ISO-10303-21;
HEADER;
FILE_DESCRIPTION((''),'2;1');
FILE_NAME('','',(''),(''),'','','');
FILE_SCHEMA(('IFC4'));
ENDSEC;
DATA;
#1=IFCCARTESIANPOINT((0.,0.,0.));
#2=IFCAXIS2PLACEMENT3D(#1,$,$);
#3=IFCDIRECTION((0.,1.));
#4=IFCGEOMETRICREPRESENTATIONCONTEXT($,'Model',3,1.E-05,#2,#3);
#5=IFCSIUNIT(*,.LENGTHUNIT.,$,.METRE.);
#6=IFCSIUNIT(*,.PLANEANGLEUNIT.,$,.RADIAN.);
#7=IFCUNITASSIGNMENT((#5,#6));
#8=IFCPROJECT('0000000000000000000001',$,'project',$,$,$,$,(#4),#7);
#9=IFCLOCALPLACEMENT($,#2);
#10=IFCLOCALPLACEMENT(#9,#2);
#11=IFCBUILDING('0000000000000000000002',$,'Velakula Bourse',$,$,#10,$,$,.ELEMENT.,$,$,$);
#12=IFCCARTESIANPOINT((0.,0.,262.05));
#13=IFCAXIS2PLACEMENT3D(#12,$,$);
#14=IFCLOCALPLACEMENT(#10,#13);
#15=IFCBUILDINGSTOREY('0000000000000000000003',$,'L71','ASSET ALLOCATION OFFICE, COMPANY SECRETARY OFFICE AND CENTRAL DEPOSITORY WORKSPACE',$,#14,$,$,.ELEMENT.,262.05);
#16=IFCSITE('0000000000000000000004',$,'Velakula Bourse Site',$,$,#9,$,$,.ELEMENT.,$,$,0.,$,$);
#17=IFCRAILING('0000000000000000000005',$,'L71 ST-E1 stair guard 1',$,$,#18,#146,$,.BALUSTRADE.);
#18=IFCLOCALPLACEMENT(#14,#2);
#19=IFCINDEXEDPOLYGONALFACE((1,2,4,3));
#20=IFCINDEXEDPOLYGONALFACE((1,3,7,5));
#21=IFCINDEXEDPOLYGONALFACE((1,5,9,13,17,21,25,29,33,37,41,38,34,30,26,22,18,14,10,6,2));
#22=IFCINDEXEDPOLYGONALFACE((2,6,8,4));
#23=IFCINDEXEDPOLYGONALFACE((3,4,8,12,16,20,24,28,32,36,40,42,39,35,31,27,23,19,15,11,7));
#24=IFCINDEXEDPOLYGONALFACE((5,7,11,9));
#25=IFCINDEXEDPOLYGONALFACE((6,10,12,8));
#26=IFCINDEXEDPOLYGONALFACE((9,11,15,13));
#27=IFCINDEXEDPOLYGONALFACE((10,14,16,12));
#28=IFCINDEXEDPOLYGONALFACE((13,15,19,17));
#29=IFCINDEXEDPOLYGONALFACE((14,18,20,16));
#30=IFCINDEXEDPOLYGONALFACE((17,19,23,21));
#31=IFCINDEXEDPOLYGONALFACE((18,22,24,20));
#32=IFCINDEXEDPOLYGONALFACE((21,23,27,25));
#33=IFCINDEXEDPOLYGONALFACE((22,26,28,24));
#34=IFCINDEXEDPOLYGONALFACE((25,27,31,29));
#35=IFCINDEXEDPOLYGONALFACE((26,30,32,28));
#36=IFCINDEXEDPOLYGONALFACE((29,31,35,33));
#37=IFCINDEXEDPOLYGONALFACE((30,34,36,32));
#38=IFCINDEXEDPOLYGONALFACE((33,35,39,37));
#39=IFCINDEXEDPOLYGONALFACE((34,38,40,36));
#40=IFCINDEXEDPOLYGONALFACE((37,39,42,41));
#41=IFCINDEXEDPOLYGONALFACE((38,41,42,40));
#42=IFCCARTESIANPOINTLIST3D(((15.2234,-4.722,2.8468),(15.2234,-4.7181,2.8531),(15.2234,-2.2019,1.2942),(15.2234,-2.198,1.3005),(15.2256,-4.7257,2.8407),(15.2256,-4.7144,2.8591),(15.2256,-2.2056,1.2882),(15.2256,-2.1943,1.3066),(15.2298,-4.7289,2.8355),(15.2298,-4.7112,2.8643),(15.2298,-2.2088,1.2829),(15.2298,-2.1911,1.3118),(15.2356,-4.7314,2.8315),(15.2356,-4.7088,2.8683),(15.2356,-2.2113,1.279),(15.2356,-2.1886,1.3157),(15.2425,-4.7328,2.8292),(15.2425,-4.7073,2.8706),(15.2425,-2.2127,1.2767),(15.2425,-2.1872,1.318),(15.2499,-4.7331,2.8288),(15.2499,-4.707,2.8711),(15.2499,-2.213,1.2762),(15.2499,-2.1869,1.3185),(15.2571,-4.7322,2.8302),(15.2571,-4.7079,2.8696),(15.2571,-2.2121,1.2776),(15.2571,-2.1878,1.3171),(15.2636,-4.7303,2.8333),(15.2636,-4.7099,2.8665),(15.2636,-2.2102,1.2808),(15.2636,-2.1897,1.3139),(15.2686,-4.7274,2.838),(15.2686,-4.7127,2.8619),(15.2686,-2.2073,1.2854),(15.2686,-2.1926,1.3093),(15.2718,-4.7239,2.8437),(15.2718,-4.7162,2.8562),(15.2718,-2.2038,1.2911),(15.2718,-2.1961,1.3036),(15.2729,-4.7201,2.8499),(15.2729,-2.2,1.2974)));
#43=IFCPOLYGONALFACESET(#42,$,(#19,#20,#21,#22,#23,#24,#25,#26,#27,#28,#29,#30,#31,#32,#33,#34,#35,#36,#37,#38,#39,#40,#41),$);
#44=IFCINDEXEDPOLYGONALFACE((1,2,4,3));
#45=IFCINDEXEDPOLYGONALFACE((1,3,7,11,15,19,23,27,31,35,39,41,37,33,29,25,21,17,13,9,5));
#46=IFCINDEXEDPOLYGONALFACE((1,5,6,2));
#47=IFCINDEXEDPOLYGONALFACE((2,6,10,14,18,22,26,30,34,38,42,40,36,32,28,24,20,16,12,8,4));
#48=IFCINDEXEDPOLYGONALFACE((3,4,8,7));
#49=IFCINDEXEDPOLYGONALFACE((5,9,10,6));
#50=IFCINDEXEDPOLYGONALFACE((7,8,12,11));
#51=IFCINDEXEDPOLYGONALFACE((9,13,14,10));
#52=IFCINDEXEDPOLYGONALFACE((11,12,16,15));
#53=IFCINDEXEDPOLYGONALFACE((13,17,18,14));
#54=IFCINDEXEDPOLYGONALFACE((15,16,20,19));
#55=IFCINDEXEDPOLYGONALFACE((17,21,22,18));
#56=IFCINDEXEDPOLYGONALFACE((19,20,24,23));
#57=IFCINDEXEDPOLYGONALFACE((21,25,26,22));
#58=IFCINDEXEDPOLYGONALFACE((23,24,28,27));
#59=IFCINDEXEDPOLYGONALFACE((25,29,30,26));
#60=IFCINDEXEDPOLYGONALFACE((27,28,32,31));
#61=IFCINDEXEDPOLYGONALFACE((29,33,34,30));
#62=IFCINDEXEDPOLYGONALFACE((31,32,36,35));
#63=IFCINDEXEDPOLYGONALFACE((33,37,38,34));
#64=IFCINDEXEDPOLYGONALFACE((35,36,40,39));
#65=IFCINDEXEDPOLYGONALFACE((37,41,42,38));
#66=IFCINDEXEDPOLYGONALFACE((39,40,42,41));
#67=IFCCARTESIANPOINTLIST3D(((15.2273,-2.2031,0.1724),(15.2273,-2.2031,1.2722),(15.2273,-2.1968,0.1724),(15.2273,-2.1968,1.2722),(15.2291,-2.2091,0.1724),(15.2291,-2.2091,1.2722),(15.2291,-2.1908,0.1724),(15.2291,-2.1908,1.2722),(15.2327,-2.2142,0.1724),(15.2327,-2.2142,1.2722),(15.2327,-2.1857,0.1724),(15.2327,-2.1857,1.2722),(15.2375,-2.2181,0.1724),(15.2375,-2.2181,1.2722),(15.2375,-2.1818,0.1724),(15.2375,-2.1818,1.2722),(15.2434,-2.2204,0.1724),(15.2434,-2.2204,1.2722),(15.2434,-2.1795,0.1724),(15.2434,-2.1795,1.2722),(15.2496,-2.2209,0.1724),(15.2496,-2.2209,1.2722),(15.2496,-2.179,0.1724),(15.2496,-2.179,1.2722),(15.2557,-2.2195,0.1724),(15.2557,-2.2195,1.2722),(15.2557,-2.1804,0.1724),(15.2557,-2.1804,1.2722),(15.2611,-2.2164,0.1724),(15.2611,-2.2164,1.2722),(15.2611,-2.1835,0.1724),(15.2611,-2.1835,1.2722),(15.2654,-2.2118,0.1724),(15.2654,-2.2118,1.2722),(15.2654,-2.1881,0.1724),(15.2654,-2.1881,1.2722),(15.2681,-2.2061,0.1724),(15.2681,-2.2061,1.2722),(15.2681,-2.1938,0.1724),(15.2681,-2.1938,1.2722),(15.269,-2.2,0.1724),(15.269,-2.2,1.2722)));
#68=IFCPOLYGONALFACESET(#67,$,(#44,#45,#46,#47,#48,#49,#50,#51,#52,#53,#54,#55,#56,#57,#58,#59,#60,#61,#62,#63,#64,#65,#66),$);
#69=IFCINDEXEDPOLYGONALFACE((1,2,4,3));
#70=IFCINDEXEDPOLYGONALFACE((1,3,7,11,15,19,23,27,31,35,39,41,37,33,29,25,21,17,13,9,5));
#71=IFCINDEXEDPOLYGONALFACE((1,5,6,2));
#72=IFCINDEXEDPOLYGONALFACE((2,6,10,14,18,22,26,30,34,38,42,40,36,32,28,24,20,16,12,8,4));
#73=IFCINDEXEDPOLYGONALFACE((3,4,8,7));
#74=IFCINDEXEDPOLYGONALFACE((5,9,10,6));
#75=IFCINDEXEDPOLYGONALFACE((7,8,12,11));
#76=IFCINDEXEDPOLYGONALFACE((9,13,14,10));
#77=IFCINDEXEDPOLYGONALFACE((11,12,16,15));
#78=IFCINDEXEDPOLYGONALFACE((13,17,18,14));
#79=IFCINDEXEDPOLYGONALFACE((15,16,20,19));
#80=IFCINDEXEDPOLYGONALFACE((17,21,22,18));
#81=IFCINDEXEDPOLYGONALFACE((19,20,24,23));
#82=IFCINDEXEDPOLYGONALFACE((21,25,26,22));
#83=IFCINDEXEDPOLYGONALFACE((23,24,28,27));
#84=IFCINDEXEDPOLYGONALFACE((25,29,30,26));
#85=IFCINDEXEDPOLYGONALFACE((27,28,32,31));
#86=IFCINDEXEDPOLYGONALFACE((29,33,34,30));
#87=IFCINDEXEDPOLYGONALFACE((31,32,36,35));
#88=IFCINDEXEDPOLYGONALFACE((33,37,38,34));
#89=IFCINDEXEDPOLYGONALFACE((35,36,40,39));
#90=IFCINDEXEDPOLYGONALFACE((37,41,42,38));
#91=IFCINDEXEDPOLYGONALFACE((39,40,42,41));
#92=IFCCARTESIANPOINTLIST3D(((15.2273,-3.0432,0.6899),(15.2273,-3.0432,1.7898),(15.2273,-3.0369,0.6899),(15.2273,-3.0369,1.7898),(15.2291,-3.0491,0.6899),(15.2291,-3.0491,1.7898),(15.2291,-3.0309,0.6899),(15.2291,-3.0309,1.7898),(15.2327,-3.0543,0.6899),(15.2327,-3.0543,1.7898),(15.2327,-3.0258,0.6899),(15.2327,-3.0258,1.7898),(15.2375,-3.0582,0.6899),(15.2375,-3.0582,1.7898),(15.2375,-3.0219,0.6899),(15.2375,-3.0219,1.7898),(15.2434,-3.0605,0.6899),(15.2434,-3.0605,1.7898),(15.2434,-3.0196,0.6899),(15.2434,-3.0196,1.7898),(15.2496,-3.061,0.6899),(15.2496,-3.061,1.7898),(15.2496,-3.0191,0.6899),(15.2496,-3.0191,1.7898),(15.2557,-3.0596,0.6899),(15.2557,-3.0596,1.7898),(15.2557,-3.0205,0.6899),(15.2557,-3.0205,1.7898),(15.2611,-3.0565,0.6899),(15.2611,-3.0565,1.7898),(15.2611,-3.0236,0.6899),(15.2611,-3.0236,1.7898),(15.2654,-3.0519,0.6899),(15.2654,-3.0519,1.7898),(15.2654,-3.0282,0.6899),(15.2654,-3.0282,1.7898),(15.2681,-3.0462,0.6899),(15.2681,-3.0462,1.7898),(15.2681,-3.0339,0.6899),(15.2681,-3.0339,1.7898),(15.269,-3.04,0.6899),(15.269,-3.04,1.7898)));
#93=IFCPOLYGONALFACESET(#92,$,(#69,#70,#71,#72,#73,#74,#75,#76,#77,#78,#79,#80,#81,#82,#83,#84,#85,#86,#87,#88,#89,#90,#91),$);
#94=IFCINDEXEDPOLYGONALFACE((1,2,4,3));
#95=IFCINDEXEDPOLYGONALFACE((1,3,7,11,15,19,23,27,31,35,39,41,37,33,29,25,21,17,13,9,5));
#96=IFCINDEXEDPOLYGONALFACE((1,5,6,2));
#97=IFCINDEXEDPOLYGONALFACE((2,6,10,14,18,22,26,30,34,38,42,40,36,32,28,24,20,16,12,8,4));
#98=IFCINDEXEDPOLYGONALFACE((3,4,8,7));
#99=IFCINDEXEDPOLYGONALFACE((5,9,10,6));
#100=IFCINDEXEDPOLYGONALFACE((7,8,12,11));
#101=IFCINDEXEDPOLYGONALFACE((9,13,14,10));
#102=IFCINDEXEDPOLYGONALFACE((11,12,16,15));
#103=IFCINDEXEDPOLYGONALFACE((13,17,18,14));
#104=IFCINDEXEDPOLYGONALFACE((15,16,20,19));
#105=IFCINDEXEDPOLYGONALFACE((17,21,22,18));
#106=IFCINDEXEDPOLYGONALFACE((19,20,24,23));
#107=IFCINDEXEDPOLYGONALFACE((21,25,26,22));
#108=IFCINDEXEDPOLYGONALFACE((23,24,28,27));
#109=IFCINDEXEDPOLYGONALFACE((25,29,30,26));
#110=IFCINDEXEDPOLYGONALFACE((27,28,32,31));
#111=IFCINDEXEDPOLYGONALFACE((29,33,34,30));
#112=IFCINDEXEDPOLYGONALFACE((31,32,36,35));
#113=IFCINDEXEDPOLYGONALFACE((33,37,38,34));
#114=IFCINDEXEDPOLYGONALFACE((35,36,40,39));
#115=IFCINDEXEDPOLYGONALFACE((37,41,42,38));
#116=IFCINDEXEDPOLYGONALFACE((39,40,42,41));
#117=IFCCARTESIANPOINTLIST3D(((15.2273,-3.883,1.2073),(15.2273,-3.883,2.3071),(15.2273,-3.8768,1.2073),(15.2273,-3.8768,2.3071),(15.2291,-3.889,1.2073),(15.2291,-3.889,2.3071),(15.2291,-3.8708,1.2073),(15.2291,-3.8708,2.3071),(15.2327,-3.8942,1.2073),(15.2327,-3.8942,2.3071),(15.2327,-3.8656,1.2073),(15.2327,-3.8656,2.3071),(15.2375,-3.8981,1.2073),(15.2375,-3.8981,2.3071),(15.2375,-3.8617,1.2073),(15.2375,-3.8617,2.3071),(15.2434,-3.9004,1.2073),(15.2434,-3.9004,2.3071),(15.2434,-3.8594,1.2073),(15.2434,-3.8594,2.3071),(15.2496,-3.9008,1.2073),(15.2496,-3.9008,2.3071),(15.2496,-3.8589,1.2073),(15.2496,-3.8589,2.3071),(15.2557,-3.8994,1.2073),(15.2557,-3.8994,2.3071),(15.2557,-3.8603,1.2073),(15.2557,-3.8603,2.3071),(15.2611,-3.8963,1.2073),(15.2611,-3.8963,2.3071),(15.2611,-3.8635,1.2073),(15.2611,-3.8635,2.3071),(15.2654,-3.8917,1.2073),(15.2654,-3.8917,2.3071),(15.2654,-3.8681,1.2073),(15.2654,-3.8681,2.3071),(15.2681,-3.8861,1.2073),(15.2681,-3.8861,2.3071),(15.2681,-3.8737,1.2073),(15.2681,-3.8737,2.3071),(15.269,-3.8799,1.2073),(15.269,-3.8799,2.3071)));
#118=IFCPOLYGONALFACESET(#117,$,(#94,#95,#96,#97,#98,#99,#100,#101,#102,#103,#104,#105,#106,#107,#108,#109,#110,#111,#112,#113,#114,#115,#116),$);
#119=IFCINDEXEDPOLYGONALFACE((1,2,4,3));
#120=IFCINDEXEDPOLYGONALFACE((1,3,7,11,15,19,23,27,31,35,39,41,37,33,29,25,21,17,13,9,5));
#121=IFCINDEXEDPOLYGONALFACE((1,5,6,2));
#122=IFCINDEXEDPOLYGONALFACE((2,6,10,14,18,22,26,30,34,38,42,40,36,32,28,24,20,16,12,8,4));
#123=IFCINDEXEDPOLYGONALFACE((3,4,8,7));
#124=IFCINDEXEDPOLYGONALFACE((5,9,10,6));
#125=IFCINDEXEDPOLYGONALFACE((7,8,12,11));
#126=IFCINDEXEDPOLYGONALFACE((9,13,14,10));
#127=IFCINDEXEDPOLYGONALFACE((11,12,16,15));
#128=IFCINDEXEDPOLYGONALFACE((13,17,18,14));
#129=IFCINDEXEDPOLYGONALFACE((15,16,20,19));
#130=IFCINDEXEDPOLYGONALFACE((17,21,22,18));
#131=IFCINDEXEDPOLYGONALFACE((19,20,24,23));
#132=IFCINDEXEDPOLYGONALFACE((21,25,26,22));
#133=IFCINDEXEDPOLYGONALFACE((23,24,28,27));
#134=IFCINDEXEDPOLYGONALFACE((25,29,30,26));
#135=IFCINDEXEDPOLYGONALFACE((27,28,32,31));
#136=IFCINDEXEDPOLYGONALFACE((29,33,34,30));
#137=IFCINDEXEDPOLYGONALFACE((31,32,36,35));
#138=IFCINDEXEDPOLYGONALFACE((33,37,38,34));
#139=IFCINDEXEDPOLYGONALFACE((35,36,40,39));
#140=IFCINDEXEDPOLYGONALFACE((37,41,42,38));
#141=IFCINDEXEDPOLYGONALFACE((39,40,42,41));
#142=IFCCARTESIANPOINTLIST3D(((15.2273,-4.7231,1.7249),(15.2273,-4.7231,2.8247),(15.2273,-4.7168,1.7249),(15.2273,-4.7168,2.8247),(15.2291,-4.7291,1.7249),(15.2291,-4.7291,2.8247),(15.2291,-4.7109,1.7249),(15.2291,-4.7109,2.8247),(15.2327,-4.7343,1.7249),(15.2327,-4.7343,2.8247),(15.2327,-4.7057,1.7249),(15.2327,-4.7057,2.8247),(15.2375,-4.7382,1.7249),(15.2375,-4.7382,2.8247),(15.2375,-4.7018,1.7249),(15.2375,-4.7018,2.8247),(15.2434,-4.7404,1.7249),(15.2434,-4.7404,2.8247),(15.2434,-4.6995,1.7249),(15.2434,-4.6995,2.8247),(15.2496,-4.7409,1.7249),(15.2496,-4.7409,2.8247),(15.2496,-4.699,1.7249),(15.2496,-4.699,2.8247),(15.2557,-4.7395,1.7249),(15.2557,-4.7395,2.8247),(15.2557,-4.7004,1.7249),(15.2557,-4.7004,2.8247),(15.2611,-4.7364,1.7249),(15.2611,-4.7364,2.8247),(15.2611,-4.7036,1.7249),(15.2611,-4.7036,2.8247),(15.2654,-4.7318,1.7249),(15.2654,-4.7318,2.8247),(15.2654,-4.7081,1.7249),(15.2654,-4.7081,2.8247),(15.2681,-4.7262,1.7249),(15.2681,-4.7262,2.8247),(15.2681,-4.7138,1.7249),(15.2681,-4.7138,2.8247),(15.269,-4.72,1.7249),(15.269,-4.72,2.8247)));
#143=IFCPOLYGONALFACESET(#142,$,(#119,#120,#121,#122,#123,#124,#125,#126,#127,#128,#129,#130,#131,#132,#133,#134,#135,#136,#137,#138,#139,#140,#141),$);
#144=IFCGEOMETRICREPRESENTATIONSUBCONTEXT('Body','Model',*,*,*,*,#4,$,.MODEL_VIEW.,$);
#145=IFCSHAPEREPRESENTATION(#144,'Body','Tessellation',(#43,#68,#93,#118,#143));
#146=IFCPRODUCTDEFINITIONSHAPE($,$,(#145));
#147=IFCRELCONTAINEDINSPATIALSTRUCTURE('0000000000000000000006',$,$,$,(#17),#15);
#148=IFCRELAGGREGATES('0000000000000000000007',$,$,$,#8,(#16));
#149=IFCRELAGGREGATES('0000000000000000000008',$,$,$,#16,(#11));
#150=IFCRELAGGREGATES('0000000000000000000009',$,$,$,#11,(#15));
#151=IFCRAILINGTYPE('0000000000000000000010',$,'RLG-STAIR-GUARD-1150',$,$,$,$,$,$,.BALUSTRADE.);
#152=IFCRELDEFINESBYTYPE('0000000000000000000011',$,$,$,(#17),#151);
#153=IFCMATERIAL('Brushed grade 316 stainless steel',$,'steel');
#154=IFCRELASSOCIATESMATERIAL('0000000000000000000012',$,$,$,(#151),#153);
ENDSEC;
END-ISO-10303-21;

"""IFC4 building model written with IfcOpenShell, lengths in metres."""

from ifc_helpers import new_model, si_unit, direction, frame, origin, origin_2d, place, context, subcontext, project, spatial, circle, extrude, material, type_object, element, save


model = new_model("IFC4")

# Units and contexts
model_context = context("Model", 3, precision=1e-05, world=origin(), true_north=direction((0.0, 1.0)))
body_context = subcontext(model_context, "Body", "Model", "MODEL_VIEW")
ifc_project = project(units=[si_unit("LENGTHUNIT", "METRE"), si_unit("PLANEANGLEUNIT", "RADIAN")], contexts=[model_context])

# Site, building, storey
site_placement = place(None, origin())
site = spatial("IfcSite", under=ifc_project, at=site_placement, Name="Velakula Bourse Site", CompositionType="ELEMENT", RefElevation=0.0)
building_placement = place(site_placement, origin())
building = spatial("IfcBuilding", under=site, at=building_placement, Name="Velakula Bourse", CompositionType="ELEMENT")
storey_placement = place(building_placement, frame((0.0, 0.0, 262.05)))
storey = spatial("IfcBuildingStorey", under=building, at=storey_placement, Name="L71", Description="ASSET ALLOCATION OFFICE, COMPANY SECRETARY OFFICE AND CENTRAL DEPOSITORY WORKSPACE", CompositionType="ELEMENT", Elevation=262.05)

# Shared definitions
ifc_material_1 = material(Name="Brushed grade 316 stainless steel", Category="steel")

# Railing
railing_type_1 = type_object("IfcRailingType", Name="RLG-STAIR-GUARD-1150", PredefinedType="BALUSTRADE", material=ifc_material_1)
railing_1_placement = place(storey_placement, frame((15.248, -2.2, 0.1724)))
element("IfcRailing", 1, at=railing_1_placement, inside=storey, type_object=railing_type_1, Name="L71 ST-E1 stair guard 1", PredefinedType="BALUSTRADE", context=body_context, shape_type="SweptSolid", body=[
    extrude(circle(Radius=0.0249, at=origin_2d()), frame((0.0, 0.0, 1.125), z_axis=(0.0, -0.8514, 0.524516), x_axis=(1.0, 0.0, 0.0)), (0.0, 0.0, 1.0), 2.96),
    extrude(circle(Radius=0.021, at=origin_2d()), origin(), (0.0, 0.0, 1.0), 1.0999),
    extrude(circle(Radius=0.021, at=origin_2d()), frame((0.0, -0.8401, 0.5176)), (0.0, 0.0, 1.0), 1.0999),
    extrude(circle(Radius=0.021, at=origin_2d()), frame((0.0, -1.6799, 1.0349)), (0.0, 0.0, 1.0), 1.0999),
    extrude(circle(Radius=0.021, at=origin_2d()), frame((0.0, -2.52, 1.5525)), (0.0, 0.0, 1.0), 1.0999),
])

save(model, "model.ifc")
